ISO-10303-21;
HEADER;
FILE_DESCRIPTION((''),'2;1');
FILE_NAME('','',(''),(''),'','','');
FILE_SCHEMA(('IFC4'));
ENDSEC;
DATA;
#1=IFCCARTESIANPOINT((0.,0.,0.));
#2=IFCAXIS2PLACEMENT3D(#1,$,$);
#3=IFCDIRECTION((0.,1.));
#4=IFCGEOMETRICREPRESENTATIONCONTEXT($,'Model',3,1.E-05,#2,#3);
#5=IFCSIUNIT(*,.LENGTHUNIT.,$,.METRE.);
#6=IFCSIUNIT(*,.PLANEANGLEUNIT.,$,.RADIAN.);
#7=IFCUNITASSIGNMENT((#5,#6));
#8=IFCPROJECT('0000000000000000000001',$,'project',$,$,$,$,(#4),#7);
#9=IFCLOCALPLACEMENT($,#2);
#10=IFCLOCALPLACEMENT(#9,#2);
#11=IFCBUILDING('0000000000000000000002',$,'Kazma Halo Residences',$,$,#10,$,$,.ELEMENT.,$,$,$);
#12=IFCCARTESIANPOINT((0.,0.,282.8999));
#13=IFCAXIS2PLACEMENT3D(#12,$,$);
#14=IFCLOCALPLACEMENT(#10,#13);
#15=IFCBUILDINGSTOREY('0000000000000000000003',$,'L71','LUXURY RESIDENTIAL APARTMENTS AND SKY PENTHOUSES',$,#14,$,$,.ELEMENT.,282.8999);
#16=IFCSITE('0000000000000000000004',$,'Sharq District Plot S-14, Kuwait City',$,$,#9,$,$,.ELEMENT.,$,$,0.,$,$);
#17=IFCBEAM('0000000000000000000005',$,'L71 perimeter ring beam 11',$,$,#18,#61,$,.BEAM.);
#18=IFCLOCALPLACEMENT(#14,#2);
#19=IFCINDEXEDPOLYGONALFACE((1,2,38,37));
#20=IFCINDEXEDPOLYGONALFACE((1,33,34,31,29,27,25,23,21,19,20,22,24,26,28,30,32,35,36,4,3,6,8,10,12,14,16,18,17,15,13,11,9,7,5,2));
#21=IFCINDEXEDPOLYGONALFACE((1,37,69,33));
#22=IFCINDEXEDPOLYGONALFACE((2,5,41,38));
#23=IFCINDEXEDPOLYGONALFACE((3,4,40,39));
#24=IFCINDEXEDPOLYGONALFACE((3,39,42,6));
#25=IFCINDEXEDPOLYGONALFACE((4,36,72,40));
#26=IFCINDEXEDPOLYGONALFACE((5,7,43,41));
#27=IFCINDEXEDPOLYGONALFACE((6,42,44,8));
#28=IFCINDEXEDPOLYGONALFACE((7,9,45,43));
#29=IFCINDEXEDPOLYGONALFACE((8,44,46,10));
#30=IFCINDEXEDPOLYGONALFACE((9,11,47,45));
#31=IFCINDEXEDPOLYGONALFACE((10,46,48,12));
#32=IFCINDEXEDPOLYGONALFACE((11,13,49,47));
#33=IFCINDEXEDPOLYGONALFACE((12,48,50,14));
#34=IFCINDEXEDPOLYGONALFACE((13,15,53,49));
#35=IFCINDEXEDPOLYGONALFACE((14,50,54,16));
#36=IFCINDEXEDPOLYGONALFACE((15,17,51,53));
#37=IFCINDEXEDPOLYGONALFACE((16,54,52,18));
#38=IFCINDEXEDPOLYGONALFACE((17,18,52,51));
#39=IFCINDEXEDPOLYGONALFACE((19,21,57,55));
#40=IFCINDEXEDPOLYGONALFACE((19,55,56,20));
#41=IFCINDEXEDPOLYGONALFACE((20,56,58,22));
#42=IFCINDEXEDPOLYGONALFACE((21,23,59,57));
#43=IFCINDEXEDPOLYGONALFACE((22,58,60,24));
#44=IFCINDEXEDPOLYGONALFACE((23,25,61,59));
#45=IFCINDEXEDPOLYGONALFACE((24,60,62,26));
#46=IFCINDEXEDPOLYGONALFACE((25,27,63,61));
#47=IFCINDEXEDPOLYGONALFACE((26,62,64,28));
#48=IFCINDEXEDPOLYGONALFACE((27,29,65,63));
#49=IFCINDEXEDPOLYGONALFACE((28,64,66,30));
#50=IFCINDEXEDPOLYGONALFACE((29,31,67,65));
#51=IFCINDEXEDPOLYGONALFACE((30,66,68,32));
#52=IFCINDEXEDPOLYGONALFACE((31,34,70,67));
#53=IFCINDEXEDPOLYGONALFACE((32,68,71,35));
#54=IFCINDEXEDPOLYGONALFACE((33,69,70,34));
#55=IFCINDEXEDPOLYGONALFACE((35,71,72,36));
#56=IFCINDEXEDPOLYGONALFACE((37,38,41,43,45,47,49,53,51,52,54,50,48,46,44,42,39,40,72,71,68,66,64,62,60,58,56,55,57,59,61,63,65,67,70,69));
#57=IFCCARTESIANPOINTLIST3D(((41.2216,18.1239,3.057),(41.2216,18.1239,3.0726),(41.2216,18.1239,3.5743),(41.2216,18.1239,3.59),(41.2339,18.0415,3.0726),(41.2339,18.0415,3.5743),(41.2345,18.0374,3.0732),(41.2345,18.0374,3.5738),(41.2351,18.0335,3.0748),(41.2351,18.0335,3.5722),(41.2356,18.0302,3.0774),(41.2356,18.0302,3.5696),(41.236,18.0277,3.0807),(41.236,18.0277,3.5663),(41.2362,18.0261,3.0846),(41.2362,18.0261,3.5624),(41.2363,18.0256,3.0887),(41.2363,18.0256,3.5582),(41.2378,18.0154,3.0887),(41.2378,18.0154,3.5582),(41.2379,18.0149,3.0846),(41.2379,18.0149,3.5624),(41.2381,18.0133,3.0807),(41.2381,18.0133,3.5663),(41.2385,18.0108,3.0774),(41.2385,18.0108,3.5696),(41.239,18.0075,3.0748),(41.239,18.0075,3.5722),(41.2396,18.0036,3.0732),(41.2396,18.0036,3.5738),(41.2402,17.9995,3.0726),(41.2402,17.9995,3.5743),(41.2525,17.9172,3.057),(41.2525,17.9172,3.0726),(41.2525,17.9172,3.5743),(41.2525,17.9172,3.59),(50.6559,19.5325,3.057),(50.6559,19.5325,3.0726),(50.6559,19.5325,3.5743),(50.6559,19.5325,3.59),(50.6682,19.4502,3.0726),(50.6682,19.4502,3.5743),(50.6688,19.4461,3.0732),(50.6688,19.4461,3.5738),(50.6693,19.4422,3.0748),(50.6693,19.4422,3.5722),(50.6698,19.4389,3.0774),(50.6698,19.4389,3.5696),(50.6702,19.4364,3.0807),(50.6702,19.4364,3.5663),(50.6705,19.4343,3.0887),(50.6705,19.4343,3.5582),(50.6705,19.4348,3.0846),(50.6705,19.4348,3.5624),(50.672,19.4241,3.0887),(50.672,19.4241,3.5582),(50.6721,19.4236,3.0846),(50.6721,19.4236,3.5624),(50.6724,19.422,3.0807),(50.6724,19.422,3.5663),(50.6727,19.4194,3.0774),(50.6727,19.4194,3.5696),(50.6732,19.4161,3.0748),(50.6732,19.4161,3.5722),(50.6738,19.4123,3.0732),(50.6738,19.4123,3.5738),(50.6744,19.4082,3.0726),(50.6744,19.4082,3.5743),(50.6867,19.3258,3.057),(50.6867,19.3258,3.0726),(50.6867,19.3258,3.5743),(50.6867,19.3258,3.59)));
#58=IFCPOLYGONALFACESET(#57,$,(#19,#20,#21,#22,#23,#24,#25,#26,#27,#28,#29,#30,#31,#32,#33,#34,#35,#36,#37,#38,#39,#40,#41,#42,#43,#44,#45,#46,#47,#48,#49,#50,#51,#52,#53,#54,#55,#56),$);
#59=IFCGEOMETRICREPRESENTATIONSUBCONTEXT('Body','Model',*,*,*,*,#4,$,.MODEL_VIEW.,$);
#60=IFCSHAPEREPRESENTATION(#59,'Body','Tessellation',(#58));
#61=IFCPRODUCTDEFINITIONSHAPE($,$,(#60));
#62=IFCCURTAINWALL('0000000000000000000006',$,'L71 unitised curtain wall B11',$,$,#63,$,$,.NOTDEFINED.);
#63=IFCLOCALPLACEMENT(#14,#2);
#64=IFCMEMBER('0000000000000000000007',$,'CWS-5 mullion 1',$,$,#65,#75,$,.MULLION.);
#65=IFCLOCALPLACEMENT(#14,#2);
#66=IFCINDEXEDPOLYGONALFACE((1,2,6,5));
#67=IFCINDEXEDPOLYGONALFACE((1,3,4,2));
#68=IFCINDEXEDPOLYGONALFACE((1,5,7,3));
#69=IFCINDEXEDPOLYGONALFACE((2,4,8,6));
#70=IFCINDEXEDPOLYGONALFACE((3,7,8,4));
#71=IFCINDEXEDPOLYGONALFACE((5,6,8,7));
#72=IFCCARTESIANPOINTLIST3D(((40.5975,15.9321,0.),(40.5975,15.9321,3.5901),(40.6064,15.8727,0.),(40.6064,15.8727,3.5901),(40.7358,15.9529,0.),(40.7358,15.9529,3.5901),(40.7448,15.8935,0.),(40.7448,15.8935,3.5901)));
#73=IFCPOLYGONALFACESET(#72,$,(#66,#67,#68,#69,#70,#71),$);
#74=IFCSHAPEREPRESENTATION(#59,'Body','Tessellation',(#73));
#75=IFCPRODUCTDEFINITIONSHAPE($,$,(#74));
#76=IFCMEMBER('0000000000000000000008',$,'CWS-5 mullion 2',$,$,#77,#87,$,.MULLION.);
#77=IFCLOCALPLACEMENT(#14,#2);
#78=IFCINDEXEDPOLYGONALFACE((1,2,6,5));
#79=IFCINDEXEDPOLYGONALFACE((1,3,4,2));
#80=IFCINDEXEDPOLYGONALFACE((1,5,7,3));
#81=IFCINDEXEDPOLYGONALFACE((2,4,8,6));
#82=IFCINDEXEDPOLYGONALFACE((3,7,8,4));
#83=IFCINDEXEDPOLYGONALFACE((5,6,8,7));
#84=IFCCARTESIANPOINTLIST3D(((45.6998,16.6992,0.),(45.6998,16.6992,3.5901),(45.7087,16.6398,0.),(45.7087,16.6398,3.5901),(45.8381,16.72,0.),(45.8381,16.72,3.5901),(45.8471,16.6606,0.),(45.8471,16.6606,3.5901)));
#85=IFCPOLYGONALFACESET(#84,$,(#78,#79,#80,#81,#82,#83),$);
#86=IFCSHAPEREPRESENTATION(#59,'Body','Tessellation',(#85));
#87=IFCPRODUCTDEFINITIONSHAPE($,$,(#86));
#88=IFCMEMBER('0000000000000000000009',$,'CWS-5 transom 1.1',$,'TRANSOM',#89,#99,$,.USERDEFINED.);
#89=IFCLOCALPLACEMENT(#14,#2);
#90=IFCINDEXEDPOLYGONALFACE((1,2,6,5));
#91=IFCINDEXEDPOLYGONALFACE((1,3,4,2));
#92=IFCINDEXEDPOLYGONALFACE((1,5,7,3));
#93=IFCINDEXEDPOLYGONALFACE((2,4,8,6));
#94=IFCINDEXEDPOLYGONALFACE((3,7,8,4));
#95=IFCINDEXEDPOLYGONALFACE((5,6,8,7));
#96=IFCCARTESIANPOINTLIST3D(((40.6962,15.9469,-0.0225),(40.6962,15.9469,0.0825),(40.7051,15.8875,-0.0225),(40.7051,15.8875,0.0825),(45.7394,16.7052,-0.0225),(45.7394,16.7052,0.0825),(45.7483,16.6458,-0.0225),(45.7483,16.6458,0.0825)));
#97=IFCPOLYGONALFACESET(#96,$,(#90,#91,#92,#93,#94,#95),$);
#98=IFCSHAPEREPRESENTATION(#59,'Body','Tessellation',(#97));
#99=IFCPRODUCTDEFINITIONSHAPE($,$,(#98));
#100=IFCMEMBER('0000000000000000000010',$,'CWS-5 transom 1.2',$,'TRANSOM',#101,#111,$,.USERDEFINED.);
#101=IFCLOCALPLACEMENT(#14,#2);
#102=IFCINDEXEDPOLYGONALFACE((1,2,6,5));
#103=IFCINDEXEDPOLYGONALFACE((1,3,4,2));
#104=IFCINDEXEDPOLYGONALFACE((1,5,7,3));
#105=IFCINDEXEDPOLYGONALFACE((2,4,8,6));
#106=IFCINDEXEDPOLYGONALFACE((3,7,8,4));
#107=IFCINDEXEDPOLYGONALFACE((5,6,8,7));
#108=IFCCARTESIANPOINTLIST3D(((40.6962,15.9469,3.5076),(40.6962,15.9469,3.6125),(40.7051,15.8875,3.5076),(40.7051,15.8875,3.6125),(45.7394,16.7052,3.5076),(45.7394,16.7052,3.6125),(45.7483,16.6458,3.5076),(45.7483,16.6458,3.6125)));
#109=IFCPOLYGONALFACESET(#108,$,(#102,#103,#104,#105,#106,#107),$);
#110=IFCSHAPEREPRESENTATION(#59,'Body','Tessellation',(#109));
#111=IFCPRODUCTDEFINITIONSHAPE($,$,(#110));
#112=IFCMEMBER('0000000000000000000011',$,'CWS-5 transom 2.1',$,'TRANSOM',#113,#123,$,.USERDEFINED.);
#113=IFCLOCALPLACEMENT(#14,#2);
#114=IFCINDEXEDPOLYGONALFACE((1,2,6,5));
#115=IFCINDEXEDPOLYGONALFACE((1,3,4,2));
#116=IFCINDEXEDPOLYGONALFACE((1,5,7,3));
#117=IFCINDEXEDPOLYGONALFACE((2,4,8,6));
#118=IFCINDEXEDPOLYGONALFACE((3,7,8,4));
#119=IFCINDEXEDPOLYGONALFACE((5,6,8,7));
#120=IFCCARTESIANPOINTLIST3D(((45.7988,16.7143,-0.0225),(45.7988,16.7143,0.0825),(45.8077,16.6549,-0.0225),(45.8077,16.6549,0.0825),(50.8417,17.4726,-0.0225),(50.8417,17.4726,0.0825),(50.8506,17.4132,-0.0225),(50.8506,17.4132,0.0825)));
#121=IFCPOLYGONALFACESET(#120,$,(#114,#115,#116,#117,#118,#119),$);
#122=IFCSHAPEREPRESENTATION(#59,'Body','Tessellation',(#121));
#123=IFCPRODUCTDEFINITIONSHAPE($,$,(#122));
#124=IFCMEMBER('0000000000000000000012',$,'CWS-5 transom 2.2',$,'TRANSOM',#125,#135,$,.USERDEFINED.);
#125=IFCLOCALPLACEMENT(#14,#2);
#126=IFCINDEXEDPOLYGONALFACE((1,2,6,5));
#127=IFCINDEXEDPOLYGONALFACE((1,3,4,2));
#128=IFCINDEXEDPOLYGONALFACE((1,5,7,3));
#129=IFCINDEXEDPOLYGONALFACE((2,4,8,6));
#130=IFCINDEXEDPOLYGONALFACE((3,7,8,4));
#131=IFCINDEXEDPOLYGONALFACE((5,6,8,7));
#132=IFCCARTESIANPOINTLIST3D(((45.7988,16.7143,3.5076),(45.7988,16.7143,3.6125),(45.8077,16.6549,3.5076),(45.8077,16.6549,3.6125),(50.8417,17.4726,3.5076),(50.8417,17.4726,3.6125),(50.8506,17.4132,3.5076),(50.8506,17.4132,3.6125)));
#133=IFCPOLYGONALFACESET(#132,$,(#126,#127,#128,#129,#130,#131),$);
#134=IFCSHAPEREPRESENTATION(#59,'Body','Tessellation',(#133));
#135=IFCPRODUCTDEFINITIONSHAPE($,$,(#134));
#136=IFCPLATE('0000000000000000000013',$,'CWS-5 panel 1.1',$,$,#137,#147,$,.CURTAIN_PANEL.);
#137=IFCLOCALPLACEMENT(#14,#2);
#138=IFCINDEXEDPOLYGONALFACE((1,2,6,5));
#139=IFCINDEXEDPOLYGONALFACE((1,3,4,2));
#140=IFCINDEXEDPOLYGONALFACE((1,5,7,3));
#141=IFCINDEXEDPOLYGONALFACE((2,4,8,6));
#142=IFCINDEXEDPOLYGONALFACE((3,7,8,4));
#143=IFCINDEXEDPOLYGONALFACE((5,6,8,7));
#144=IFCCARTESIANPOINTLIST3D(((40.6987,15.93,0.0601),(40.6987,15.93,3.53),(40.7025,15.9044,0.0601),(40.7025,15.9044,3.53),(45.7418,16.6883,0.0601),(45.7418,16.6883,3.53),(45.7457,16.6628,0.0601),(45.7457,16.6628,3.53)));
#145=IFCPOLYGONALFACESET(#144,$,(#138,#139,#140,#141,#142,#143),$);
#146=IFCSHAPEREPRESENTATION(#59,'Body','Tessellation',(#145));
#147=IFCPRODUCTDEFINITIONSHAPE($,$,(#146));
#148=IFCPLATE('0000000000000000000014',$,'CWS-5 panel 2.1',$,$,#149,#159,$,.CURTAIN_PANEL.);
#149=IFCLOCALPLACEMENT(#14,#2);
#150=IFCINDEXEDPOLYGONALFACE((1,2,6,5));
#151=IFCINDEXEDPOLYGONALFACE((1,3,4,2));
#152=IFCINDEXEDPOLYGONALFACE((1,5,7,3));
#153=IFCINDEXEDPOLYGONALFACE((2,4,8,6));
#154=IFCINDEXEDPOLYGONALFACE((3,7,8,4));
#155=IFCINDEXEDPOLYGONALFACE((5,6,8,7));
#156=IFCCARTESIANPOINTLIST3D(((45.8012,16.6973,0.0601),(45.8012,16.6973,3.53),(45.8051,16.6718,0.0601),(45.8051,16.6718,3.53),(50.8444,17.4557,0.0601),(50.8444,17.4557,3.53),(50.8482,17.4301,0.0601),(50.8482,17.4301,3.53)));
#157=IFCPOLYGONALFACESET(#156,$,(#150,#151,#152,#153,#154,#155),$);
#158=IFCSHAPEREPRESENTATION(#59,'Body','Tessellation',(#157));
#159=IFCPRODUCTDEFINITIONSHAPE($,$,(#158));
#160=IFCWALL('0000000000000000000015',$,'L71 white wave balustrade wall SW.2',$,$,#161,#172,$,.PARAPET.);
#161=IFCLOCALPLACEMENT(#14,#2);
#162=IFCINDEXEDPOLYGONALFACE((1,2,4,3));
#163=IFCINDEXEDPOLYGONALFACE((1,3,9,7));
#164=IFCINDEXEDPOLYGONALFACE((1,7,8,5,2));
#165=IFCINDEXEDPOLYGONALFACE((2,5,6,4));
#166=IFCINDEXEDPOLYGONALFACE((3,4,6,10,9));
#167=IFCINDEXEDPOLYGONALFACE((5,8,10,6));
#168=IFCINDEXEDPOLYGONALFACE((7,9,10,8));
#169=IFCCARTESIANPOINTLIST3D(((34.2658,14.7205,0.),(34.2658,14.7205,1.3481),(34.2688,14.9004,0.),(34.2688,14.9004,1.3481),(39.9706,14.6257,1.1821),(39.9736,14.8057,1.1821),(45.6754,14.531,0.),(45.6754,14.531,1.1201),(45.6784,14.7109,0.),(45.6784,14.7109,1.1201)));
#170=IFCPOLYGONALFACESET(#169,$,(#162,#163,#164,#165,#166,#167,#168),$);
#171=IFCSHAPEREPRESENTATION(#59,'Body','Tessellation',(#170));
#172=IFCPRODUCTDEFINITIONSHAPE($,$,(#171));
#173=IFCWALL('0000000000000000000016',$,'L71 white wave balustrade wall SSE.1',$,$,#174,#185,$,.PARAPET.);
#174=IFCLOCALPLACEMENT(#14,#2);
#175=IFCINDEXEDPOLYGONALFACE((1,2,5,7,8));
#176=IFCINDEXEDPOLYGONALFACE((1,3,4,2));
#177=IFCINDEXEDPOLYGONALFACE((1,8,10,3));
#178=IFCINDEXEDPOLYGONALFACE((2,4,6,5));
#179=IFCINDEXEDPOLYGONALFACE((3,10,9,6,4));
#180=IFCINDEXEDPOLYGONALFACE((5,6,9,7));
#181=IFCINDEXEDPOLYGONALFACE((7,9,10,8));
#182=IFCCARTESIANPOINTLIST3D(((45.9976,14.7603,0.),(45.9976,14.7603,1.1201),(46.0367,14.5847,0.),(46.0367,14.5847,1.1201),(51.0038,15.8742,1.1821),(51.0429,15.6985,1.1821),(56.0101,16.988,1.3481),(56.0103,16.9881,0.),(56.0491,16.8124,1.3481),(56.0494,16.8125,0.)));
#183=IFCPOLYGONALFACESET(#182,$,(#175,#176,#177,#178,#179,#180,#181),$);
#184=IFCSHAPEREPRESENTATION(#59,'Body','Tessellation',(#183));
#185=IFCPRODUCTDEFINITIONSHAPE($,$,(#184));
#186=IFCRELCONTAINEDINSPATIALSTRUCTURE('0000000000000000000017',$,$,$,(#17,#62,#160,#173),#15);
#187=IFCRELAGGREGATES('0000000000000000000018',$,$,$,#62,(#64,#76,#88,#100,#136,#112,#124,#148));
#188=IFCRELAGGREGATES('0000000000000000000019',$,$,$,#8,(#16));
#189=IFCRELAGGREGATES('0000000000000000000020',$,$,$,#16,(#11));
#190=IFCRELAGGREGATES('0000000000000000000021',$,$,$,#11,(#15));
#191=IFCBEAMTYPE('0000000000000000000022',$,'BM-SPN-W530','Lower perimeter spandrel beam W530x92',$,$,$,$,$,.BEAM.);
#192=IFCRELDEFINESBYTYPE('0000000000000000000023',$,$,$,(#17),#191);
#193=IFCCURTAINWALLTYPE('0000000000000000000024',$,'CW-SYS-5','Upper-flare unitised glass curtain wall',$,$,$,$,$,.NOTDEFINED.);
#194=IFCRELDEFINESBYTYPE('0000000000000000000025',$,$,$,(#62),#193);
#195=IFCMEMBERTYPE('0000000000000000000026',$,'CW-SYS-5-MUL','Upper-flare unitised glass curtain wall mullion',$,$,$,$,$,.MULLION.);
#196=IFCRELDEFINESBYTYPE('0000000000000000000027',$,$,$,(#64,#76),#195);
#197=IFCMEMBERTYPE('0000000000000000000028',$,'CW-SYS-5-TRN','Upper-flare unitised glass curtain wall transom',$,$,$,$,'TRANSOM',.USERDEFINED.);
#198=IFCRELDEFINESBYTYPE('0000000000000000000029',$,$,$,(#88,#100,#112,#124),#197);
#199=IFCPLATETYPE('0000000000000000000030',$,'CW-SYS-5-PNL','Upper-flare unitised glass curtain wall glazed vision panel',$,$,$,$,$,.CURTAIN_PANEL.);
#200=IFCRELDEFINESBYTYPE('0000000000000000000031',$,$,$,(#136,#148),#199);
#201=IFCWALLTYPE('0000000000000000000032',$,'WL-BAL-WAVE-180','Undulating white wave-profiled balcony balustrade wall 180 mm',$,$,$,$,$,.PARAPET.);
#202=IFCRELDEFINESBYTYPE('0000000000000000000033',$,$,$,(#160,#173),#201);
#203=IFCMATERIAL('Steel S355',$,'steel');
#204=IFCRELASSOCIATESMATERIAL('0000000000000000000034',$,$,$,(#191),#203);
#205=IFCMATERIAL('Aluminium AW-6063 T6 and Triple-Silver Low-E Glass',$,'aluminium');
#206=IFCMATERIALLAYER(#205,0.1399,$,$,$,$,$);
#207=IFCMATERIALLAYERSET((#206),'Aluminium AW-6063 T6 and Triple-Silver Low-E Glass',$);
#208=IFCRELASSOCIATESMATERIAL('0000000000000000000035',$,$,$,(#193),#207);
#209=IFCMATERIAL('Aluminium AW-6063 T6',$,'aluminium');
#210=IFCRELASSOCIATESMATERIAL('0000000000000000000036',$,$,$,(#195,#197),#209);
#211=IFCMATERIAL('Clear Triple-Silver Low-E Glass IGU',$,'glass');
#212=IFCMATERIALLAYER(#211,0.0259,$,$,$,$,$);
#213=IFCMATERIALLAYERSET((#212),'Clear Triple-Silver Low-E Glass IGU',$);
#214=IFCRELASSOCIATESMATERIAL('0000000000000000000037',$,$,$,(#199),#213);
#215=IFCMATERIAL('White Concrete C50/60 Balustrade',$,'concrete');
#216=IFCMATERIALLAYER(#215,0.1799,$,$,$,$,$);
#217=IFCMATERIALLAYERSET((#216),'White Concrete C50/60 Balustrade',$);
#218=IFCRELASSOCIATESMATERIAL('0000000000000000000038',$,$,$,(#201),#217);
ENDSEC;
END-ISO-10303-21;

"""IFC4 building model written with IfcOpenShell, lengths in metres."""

from ifc_helpers import new_model, si_unit, direction, frame, origin, origin_2d, place, context, subcontext, project, spatial, polyline, rectangle, i_section, outline, extrude, material, layer, layer_set, material_profile, profile_set, type_object, element, aggregate, save


model = new_model("IFC4")

# Units and contexts
model_context = context("Model", 3, precision=1e-05, world=origin(), true_north=direction((0.0, 1.0)))
body_context = subcontext(model_context, "Body", "Model", "MODEL_VIEW")
ifc_project = project(units=[si_unit("LENGTHUNIT", "METRE"), si_unit("PLANEANGLEUNIT", "RADIAN")], contexts=[model_context])

# Site, building, storey
site_placement = place(None, origin())
site = spatial("IfcSite", under=ifc_project, at=site_placement, Name="Sharq District Plot S-14, Kuwait City", CompositionType="ELEMENT", RefElevation=0.0)
building_placement = place(site_placement, origin())
building = spatial("IfcBuilding", under=site, at=building_placement, Name="Kazma Halo Residences", CompositionType="ELEMENT")
storey_placement = place(building_placement, frame((0.0, 0.0, 282.8999)))
storey = spatial("IfcBuildingStorey", under=building, at=storey_placement, Name="L71", Description="LUXURY RESIDENTIAL APARTMENTS AND SKY PENTHOUSES", CompositionType="ELEMENT", Elevation=282.8999)

# Beam
ifc_material_1 = material(Name="Steel S355", Category="steel")
ifc_material_profile_1 = material_profile(ifc_material_1, i_section(OverallWidth=0.209, OverallDepth=0.533, WebThickness=0.0103, FlangeThickness=0.0156, FilletRadius=0.0161, at=origin_2d()), Name="W530x92")
ifc_profile_set_1 = profile_set([ifc_material_profile_1], Name="Steel S355")
beam_type_1 = type_object("IfcBeamType", Name="BM-SPN-W530", Description="Lower perimeter spandrel beam W530x92", PredefinedType="BEAM", material=ifc_profile_set_1)
beam_1_placement = place(storey_placement, frame((41.2371, 18.0205, 3.3235), z_axis=(0.989035, 0.147678, 0.0), x_axis=(-0.147678, 0.989035, 0.0)))
element("IfcBeam", 1, at=beam_1_placement, inside=storey, type_object=beam_type_1, Name="L71 perimeter ring beam 11", PredefinedType="BEAM", context=body_context, shape_type="SweptSolid", body=[
    extrude(i_section(OverallWidth=0.209, OverallDepth=0.533, WebThickness=0.0103, FlangeThickness=0.0156, FilletRadius=0.0161, at=origin_2d()), origin(), (0.0, 0.0, 1.0), 9.5388),
])

# Curtain wall, members, plates
ifc_material_2 = material(Name="Aluminium AW-6063 T6 and Triple-Silver Low-E Glass", Category="aluminium")
ifc_layer_1 = layer(ifc_material_2, 0.1399)
ifc_layer_set_1 = layer_set([ifc_layer_1], Name="Aluminium AW-6063 T6 and Triple-Silver Low-E Glass")
curtain_wall_type = type_object("IfcCurtainWallType", Name="CW-SYS-5", Description="Upper-flare unitised glass curtain wall", PredefinedType="NOTDEFINED", material=ifc_layer_set_1)
curtain_wall_placement = place(storey_placement, origin())
curtain_wall = element("IfcCurtainWall", 2, at=curtain_wall_placement, inside=storey, type_object=curtain_wall_type, Name="L71 unitised curtain wall B11", PredefinedType="NOTDEFINED")
ifc_material_3 = material(Name="Aluminium AW-6063 T6", Category="aluminium")
ifc_material_profile_2 = material_profile(ifc_material_3, rectangle(XDim=0.0601, YDim=0.1399, at=origin_2d()), Name="CWM-60x140")
ifc_profile_set_2 = profile_set([ifc_material_profile_2], Name="Aluminium AW-6063 T6")
member_type_1 = type_object("IfcMemberType", Name="CW-SYS-5-MUL", Description="Upper-flare unitised glass curtain wall mullion", PredefinedType="MULLION", material=ifc_profile_set_2)
member_1_placement = place(storey_placement, frame((40.6711, 15.9128, 0.0), z_axis=(0.0, 0.0, 1.0), x_axis=(-0.148697, 0.988883, 0.0)))
member_1 = element("IfcMember", 3, at=member_1_placement, type_object=member_type_1, Name="CWS-5 mullion 1", PredefinedType="MULLION", context=body_context, shape_type="SweptSolid", body=[
    extrude(rectangle(XDim=0.0601, YDim=0.1399, at=origin_2d()), origin(), (0.0, 0.0, 1.0), 3.5901),
])
member_2_placement = place(storey_placement, frame((45.7734, 16.6799, 0.0), z_axis=(0.0, 0.0, 1.0), x_axis=(-0.148697, 0.988883, 0.0)))
member_2 = element("IfcMember", 4, at=member_2_placement, type_object=member_type_1, Name="CWS-5 mullion 2", PredefinedType="MULLION", context=body_context, shape_type="SweptSolid", body=[
    extrude(rectangle(XDim=0.0601, YDim=0.1399, at=origin_2d()), origin(), (0.0, 0.0, 1.0), 3.5901),
])
ifc_material_profile_3 = material_profile(ifc_material_3, rectangle(XDim=0.0601, YDim=0.105, at=origin_2d()), Name="CWT-60x105")
ifc_profile_set_3 = profile_set([ifc_material_profile_3], Name="Aluminium AW-6063 T6")
member_type_2 = type_object("IfcMemberType", Name="CW-SYS-5-TRN", Description="Upper-flare unitised glass curtain wall transom", ElementType="TRANSOM", PredefinedType="USERDEFINED", material=ifc_profile_set_3)
member_3_placement = place(storey_placement, frame((40.7007, 15.9172, 0.03), z_axis=(0.988884, 0.148689, 0.0), x_axis=(-0.148689, 0.988884, 0.0)))
member_3 = element("IfcMember", 5, at=member_3_placement, type_object=member_type_2, Name="CWS-5 transom 1.1", ObjectType="TRANSOM", PredefinedType="USERDEFINED", context=body_context, shape_type="SweptSolid", body=[
    extrude(rectangle(XDim=0.0601, YDim=0.105, at=origin_2d()), origin(), (0.0, 0.0, 1.0), 5.0999),
])
member_4_placement = place(storey_placement, frame((40.7007, 15.9172, 3.5601), z_axis=(0.988884, 0.148689, 0.0), x_axis=(-0.148689, 0.988884, 0.0)))
member_4 = element("IfcMember", 6, at=member_4_placement, type_object=member_type_2, Name="CWS-5 transom 1.2", ObjectType="TRANSOM", PredefinedType="USERDEFINED", context=body_context, shape_type="SweptSolid", body=[
    extrude(rectangle(XDim=0.0601, YDim=0.105, at=origin_2d()), origin(), (0.0, 0.0, 1.0), 5.0999),
])
member_5_placement = place(storey_placement, frame((45.8032, 16.6846, 0.03), z_axis=(0.988883, 0.148696, 0.0), x_axis=(-0.148696, 0.988883, 0.0)))
member_5 = element("IfcMember", 7, at=member_5_placement, type_object=member_type_2, Name="CWS-5 transom 2.1", ObjectType="TRANSOM", PredefinedType="USERDEFINED", context=body_context, shape_type="SweptSolid", body=[
    extrude(rectangle(XDim=0.0601, YDim=0.105, at=origin_2d()), origin(), (0.0, 0.0, 1.0), 5.0996),
])
member_6_placement = place(storey_placement, frame((45.8032, 16.6846, 3.5601), z_axis=(0.988883, 0.148696, 0.0), x_axis=(-0.148696, 0.988883, 0.0)))
member_6 = element("IfcMember", 8, at=member_6_placement, type_object=member_type_2, Name="CWS-5 transom 2.2", ObjectType="TRANSOM", PredefinedType="USERDEFINED", context=body_context, shape_type="SweptSolid", body=[
    extrude(rectangle(XDim=0.0601, YDim=0.105, at=origin_2d()), origin(), (0.0, 0.0, 1.0), 5.0996),
])
ifc_material_4 = material(Name="Clear Triple-Silver Low-E Glass IGU", Category="glass")
ifc_layer_2 = layer(ifc_material_4, 0.0259)
ifc_layer_set_2 = layer_set([ifc_layer_2], Name="Clear Triple-Silver Low-E Glass IGU")
plate_type = type_object("IfcPlateType", Name="CW-SYS-5-PNL", Description="Upper-flare unitised glass curtain wall glazed vision panel", PredefinedType="CURTAIN_PANEL", material=ifc_layer_set_2)
plate_1_placement = place(storey_placement, frame((43.2222, 16.2964, 0.0601), z_axis=(0.0, 0.0, 1.0), x_axis=(0.988883, 0.148697, 0.0)))
plate_1 = element("IfcPlate", 9, at=plate_1_placement, type_object=plate_type, Name="CWS-5 panel 1.1", PredefinedType="CURTAIN_PANEL", context=body_context, shape_type="SweptSolid", body=[
    extrude(rectangle(XDim=5.0999, YDim=0.0259, at=origin_2d()), origin(), (0.0, 0.0, 1.0), 3.47),
])
plate_2_placement = place(storey_placement, frame((48.3247, 17.0637, 0.0601), z_axis=(0.0, 0.0, 1.0), x_axis=(0.988883, 0.148697, 0.0)))
plate_2 = element("IfcPlate", 10, at=plate_2_placement, type_object=plate_type, Name="CWS-5 panel 2.1", PredefinedType="CURTAIN_PANEL", context=body_context, shape_type="SweptSolid", body=[
    extrude(rectangle(XDim=5.0999, YDim=0.0259, at=origin_2d()), origin(), (0.0, 0.0, 1.0), 3.47),
])
aggregate(curtain_wall, [member_1, member_2, member_3, member_4, plate_1, member_5, member_6, plate_2])

# Walls
ifc_material_5 = material(Name="White Concrete C50/60 Balustrade", Category="concrete")
ifc_layer_3 = layer(ifc_material_5, 0.1799)
ifc_layer_set_3 = layer_set([ifc_layer_3], Name="White Concrete C50/60 Balustrade")
wall_type_1 = type_object("IfcWallType", Name="WL-BAL-WAVE-180", Description="Undulating white wave-profiled balcony balustrade wall 180 mm", PredefinedType="PARAPET", material=ifc_layer_set_3)
wall_1_placement = place(storey_placement, frame((34.2673, 14.8105, 0.0), z_axis=(0.0, 0.0, 1.0), x_axis=(0.999862, -0.016602, 0.0)))
element("IfcWall", 11, at=wall_1_placement, inside=storey, type_object=wall_type_1, Name="L71 white wave balustrade wall SW.2", PredefinedType="PARAPET", context=body_context, shape_type="SweptSolid", body=[
    extrude(outline(polyline([(0.0, 0.0), (11.4111, 0.0), (11.4111, 1.1201), (5.7056, 1.1821), (0.0, 1.3481), (0.0, 0.0)])), frame((0.0, 0.0898, 0.0), z_axis=(0.0, -1.0, 0.0), x_axis=(1.0, 0.0, 0.0)), (0.0, 0.0, 1.0), 0.1799),
])
wall_2_placement = place(storey_placement, frame((46.0171, 14.6726, 0.0), z_axis=(0.0, 0.0, 1.0), x_axis=(0.97613, 0.217185, 0.0)))
element("IfcWall", 12, at=wall_2_placement, inside=storey, type_object=wall_type_1, Name="L71 white wave balustrade wall SSE.1", PredefinedType="PARAPET", context=body_context, shape_type="SweptSolid", body=[
    extrude(outline(polyline([(0.0, 0.0), (10.2576, 0.0), (10.2573, 1.3481), (5.1287, 1.1821), (0.0, 1.1201), (0.0, 0.0)])), frame((0.0, 0.0898, 0.0), z_axis=(0.0, -1.0, 0.0), x_axis=(1.0, 0.0, 0.0)), (0.0, 0.0, 1.0), 0.1799),
])

save(model, "model.ifc")
